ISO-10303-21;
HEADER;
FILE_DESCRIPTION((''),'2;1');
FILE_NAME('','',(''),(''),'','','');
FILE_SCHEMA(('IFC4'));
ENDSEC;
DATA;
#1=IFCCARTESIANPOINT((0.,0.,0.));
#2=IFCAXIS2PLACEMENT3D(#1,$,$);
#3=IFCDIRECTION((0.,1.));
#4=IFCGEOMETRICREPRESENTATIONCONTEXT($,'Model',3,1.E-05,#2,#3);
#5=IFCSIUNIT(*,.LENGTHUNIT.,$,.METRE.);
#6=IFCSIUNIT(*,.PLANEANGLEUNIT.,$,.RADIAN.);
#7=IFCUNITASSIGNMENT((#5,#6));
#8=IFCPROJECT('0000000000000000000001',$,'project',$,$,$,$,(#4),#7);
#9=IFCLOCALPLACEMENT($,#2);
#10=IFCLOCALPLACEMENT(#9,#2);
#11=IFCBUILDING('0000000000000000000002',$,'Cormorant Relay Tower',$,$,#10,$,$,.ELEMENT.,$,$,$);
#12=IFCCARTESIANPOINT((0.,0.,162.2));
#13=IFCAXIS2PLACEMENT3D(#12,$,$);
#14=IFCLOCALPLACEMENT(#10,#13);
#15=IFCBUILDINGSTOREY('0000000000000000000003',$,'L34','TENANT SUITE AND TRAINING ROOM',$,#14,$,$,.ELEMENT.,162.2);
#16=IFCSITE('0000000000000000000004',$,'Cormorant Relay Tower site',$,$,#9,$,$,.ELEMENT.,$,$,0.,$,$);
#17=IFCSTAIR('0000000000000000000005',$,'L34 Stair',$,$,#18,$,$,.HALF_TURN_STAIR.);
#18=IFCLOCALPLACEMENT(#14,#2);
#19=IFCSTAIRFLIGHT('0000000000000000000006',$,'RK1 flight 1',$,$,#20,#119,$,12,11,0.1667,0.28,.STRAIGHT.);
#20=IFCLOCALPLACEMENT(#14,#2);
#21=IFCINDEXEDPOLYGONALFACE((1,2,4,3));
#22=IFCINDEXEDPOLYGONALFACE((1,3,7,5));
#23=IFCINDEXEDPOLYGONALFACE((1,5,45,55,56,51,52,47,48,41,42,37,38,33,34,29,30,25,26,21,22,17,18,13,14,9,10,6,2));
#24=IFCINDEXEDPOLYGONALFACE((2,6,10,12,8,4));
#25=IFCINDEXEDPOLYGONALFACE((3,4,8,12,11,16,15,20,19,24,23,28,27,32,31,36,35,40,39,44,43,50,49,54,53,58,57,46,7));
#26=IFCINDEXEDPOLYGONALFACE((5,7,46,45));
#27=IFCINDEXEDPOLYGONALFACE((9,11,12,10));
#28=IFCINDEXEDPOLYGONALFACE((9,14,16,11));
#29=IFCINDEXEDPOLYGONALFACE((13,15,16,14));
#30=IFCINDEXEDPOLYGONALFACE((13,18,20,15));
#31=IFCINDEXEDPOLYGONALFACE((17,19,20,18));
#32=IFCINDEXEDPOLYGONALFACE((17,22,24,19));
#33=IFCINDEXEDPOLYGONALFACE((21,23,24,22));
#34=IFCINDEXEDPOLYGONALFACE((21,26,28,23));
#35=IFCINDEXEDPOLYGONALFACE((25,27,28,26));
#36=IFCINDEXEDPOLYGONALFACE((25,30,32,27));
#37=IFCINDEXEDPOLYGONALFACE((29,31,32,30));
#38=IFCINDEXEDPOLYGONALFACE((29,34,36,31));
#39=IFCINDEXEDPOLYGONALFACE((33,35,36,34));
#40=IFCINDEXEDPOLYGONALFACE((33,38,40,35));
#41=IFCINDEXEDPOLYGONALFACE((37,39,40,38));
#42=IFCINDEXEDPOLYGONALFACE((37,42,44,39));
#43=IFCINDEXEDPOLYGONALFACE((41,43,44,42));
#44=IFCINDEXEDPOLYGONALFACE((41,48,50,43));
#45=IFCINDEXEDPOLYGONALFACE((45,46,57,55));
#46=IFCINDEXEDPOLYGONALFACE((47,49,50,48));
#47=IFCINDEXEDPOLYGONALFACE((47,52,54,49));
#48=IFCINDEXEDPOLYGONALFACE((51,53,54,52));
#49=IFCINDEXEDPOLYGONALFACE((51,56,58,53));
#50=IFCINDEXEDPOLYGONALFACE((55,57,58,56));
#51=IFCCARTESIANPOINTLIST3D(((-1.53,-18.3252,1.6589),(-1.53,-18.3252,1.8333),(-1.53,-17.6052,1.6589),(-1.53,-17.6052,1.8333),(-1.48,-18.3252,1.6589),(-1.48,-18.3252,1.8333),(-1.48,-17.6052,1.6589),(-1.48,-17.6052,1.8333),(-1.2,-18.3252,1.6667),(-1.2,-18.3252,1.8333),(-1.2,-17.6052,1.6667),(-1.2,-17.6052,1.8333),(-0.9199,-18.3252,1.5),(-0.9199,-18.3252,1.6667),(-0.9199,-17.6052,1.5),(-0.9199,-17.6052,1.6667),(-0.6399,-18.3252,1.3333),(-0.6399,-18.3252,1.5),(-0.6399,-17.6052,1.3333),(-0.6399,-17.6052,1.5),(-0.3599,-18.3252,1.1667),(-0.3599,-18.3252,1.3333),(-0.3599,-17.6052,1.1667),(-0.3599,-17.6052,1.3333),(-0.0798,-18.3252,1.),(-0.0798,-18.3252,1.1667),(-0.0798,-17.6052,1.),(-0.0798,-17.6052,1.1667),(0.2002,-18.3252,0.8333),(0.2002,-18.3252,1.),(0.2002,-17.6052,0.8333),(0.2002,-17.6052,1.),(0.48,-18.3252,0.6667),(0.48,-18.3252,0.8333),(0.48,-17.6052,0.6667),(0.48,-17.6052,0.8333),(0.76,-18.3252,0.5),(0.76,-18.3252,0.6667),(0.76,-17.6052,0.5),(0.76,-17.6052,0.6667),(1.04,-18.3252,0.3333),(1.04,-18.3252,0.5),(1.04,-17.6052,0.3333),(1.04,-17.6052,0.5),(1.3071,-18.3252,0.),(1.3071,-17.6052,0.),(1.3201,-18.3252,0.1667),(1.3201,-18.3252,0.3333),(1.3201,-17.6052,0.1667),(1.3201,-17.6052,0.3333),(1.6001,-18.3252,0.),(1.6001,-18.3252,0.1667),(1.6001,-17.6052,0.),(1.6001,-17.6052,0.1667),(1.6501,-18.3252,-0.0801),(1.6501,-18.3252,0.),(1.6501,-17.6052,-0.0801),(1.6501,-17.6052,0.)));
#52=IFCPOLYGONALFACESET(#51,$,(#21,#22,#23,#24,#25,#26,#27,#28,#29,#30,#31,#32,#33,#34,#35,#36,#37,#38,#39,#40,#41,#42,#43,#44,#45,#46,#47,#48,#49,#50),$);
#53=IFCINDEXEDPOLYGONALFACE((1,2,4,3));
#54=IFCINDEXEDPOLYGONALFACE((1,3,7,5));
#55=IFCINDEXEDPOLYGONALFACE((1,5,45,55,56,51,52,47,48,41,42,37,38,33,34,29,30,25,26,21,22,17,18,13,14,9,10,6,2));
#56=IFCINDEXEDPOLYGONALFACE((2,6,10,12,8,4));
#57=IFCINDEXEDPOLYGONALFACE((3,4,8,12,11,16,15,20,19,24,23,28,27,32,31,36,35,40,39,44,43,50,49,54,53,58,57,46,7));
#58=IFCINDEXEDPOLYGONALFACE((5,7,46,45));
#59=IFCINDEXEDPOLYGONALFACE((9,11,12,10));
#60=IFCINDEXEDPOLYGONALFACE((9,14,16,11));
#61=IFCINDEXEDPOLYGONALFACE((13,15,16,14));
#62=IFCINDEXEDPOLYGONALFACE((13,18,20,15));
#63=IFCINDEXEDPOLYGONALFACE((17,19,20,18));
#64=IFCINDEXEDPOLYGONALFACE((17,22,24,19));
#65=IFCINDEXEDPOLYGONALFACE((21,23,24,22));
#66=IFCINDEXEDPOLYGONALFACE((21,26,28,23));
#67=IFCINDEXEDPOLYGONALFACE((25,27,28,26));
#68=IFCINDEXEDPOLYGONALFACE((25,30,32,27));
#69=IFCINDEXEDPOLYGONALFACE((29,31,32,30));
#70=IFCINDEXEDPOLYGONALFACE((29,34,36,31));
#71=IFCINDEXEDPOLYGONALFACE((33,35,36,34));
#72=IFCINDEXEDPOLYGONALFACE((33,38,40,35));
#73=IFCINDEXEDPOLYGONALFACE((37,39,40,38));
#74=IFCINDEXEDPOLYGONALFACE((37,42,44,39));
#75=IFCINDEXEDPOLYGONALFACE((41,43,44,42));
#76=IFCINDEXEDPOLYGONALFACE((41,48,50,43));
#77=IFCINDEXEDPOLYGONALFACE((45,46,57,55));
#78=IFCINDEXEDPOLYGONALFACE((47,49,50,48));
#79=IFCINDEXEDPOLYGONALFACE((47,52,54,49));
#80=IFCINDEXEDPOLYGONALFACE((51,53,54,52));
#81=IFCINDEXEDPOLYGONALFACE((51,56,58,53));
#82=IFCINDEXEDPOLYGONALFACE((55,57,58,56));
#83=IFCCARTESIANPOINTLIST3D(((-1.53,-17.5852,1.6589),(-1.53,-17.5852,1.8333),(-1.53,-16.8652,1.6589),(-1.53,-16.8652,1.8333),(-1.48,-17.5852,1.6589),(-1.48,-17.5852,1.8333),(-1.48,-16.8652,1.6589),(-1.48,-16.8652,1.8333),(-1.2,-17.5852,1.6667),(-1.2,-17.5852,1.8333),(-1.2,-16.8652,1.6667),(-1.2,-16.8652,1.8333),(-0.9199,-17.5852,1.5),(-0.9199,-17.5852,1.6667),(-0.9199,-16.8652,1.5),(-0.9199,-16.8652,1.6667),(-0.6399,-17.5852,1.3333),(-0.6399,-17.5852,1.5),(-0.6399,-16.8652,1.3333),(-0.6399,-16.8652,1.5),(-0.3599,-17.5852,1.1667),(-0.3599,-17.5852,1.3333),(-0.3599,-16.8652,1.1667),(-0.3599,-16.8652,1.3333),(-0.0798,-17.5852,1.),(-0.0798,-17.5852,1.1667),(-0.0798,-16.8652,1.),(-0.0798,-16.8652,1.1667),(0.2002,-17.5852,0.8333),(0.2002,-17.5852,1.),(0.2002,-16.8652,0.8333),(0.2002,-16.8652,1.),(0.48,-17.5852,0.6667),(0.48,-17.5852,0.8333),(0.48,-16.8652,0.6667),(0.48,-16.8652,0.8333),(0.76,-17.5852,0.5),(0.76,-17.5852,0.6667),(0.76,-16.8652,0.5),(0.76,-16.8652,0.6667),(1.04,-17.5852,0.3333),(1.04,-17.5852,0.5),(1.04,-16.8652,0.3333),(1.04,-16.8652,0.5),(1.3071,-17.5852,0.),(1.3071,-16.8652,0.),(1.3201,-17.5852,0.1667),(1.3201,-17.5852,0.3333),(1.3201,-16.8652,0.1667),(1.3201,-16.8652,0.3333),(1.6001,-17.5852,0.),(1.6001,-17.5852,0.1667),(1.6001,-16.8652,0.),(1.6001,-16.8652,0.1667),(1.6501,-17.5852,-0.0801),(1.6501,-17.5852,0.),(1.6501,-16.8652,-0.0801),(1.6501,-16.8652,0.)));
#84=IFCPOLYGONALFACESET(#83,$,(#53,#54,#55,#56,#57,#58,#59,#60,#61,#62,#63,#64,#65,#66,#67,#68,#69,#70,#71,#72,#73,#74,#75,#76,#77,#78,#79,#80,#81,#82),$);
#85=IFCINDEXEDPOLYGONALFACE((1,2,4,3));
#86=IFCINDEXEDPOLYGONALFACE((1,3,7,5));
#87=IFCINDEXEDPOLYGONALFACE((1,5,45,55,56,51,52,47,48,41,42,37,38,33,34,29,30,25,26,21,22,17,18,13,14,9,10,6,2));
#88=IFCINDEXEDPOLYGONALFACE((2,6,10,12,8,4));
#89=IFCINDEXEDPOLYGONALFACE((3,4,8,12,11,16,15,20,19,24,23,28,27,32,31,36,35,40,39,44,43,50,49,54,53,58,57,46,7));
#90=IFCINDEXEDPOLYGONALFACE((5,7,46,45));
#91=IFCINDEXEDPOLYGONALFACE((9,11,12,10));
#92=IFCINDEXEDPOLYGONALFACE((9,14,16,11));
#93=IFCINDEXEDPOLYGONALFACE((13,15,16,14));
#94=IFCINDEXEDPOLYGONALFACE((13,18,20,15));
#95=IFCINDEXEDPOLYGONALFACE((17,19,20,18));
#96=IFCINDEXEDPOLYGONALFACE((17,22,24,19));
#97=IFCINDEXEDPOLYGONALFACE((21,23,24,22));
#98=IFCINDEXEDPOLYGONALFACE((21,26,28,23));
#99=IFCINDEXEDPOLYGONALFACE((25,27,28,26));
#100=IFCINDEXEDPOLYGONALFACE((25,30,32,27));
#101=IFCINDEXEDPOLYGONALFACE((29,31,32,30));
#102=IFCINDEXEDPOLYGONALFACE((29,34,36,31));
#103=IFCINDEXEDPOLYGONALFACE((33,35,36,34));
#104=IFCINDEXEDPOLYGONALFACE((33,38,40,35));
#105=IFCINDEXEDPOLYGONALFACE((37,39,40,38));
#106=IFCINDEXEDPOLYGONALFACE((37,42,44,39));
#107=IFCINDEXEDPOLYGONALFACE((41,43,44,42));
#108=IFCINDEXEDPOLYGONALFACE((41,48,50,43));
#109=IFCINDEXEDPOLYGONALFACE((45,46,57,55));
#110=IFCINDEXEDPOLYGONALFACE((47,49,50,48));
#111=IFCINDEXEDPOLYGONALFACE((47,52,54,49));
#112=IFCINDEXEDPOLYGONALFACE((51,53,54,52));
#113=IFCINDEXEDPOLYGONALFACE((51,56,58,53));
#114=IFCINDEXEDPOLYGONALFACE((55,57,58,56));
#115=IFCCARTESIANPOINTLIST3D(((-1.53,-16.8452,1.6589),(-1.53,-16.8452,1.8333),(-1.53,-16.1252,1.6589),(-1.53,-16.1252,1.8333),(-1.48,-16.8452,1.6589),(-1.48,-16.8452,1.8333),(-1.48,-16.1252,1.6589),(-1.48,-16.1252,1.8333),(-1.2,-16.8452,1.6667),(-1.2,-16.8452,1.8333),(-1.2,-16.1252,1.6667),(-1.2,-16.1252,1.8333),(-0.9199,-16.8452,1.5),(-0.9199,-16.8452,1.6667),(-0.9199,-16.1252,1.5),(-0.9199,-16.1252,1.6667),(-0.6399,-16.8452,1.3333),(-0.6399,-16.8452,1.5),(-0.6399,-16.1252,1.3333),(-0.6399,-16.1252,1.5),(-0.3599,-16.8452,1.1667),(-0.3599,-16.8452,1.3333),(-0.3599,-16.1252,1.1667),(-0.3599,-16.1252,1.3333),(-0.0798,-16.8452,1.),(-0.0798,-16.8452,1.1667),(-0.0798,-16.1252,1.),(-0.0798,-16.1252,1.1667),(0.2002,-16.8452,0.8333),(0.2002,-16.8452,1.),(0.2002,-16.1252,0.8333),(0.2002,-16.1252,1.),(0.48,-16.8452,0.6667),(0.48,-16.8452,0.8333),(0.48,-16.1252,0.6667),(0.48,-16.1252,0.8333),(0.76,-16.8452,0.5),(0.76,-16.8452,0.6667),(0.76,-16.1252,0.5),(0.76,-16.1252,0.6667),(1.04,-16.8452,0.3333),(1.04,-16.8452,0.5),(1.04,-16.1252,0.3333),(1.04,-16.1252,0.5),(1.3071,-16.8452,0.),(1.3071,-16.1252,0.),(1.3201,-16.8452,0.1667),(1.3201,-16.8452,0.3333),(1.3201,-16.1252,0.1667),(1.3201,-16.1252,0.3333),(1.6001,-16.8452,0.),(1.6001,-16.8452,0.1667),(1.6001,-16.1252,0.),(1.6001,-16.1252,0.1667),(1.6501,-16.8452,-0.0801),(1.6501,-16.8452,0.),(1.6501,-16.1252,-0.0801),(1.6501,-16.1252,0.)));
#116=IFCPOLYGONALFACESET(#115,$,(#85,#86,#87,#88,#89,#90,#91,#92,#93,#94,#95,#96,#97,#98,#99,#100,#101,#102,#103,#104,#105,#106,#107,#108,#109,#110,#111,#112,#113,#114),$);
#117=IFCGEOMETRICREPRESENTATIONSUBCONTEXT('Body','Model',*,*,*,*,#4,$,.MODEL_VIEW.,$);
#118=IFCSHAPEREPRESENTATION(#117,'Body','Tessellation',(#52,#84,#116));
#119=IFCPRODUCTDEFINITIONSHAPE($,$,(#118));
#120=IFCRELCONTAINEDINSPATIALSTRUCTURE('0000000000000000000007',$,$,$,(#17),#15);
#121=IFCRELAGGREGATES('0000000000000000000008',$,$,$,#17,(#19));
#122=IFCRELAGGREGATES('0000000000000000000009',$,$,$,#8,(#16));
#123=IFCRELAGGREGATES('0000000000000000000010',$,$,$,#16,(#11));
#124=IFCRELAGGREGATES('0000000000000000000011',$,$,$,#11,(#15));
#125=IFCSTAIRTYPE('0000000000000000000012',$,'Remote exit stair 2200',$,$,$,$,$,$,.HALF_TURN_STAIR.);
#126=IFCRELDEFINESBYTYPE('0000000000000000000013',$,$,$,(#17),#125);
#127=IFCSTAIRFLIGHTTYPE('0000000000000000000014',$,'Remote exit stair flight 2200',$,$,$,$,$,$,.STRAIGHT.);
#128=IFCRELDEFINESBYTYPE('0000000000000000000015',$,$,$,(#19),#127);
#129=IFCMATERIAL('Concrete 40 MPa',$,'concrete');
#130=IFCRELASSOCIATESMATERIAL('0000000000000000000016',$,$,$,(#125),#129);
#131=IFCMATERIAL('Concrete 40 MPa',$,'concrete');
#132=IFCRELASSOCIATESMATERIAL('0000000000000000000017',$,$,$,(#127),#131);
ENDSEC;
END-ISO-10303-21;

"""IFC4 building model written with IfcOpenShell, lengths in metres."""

from ifc_helpers import new_model, si_unit, direction, frame, origin, place, context, subcontext, project, spatial, polyline, outline, extrude, material, type_object, element, aggregate, save


model = new_model("IFC4")

# Units and contexts
model_context = context("Model", 3, precision=1e-05, world=origin(), true_north=direction((0.0, 1.0)))
body_context = subcontext(model_context, "Body", "Model", "MODEL_VIEW")
ifc_project = project(units=[si_unit("LENGTHUNIT", "METRE"), si_unit("PLANEANGLEUNIT", "RADIAN")], contexts=[model_context])

# Site, building, storey
site_placement = place(None, origin())
site = spatial("IfcSite", under=ifc_project, at=site_placement, Name="Cormorant Relay Tower site", CompositionType="ELEMENT", RefElevation=0.0)
building_placement = place(site_placement, origin())
building = spatial("IfcBuilding", under=site, at=building_placement, Name="Cormorant Relay Tower", CompositionType="ELEMENT")
storey_placement = place(building_placement, frame((0.0, 0.0, 162.2)))
storey = spatial("IfcBuildingStorey", under=building, at=storey_placement, Name="L34", Description="TENANT SUITE AND TRAINING ROOM", CompositionType="ELEMENT", Elevation=162.2)

# Stair, stair flight
ifc_material_1 = material(Name="Concrete 40 MPa", Category="concrete")
stair_type = type_object("IfcStairType", Name="Remote exit stair 2200", PredefinedType="HALF_TURN_STAIR", material=ifc_material_1)
stair_placement = place(storey_placement, origin())
stair = element("IfcStair", 1, at=stair_placement, inside=storey, type_object=stair_type, Name="L34 Stair", PredefinedType="HALF_TURN_STAIR")
ifc_material_2 = material(Name="Concrete 40 MPa", Category="concrete")
stair_flight_type = type_object("IfcStairFlightType", Name="Remote exit stair flight 2200", PredefinedType="STRAIGHT", material=ifc_material_2)
stair_flight_1_placement = place(storey_placement, frame((1.6001, -17.2251, 0.0), z_axis=(0.0, 0.0, 1.0), x_axis=(-1.0, 0.0, 0.0)))
stair_flight_1 = element("IfcStairFlight", 2, at=stair_flight_1_placement, type_object=stair_flight_type, Name="RK1 flight 1", NumberOfRisers=12, NumberOfTreads=11, PredefinedType="STRAIGHT", RiserHeight=0.1667, TreadLength=0.28, context=body_context, shape_type="SweptSolid", body=[
    extrude(outline(polyline([(-0.05, -0.0801), (-0.05, 0.0), (0.0, 0.0), (0.0, 0.1667), (0.28, 0.1667), (0.28, 0.3333), (0.5601, 0.3333), (0.5601, 0.5), (0.8401, 0.5), (0.8401, 0.6667), (1.1201, 0.6667), (1.1201, 0.8333), (1.3999, 0.8333), (1.3999, 1.0), (1.6799, 1.0), (1.6799, 1.1667), (1.96, 1.1667), (1.96, 1.3333), (2.24, 1.3333), (2.24, 1.5), (2.52, 1.5), (2.52, 1.6667), (2.8, 1.6667), (2.8, 1.8333), (3.0801, 1.8333), (3.1301, 1.8333), (3.1301, 1.6589), (3.0801, 1.6589), (0.293, 0.0), (-0.05, -0.0801)])), frame((0.0, 1.1001, 0.0), z_axis=(0.0, -1.0, 0.0), x_axis=(1.0, 0.0, 0.0)), (0.0, 0.0, 1.0), 0.72),
    extrude(outline(polyline([(-0.05, -0.0801), (-0.05, 0.0), (0.0, 0.0), (0.0, 0.1667), (0.28, 0.1667), (0.28, 0.3333), (0.5601, 0.3333), (0.5601, 0.5), (0.8401, 0.5), (0.8401, 0.6667), (1.1201, 0.6667), (1.1201, 0.8333), (1.3999, 0.8333), (1.3999, 1.0), (1.6799, 1.0), (1.6799, 1.1667), (1.96, 1.1667), (1.96, 1.3333), (2.24, 1.3333), (2.24, 1.5), (2.52, 1.5), (2.52, 1.6667), (2.8, 1.6667), (2.8, 1.8333), (3.0801, 1.8333), (3.1301, 1.8333), (3.1301, 1.6589), (3.0801, 1.6589), (0.293, 0.0), (-0.05, -0.0801)])), frame((0.0, 0.3601, 0.0), z_axis=(0.0, -1.0, 0.0), x_axis=(1.0, 0.0, 0.0)), (0.0, 0.0, 1.0), 0.72),
    extrude(outline(polyline([(-0.05, -0.0801), (-0.05, 0.0), (0.0, 0.0), (0.0, 0.1667), (0.28, 0.1667), (0.28, 0.3333), (0.5601, 0.3333), (0.5601, 0.5), (0.8401, 0.5), (0.8401, 0.6667), (1.1201, 0.6667), (1.1201, 0.8333), (1.3999, 0.8333), (1.3999, 1.0), (1.6799, 1.0), (1.6799, 1.1667), (1.96, 1.1667), (1.96, 1.3333), (2.24, 1.3333), (2.24, 1.5), (2.52, 1.5), (2.52, 1.6667), (2.8, 1.6667), (2.8, 1.8333), (3.0801, 1.8333), (3.1301, 1.8333), (3.1301, 1.6589), (3.0801, 1.6589), (0.293, 0.0), (-0.05, -0.0801)])), frame((0.0, -0.3799, 0.0), z_axis=(0.0, -1.0, 0.0), x_axis=(1.0, 0.0, 0.0)), (0.0, 0.0, 1.0), 0.72),
])
aggregate(stair, [stair_flight_1])

save(model, "model.ifc")
